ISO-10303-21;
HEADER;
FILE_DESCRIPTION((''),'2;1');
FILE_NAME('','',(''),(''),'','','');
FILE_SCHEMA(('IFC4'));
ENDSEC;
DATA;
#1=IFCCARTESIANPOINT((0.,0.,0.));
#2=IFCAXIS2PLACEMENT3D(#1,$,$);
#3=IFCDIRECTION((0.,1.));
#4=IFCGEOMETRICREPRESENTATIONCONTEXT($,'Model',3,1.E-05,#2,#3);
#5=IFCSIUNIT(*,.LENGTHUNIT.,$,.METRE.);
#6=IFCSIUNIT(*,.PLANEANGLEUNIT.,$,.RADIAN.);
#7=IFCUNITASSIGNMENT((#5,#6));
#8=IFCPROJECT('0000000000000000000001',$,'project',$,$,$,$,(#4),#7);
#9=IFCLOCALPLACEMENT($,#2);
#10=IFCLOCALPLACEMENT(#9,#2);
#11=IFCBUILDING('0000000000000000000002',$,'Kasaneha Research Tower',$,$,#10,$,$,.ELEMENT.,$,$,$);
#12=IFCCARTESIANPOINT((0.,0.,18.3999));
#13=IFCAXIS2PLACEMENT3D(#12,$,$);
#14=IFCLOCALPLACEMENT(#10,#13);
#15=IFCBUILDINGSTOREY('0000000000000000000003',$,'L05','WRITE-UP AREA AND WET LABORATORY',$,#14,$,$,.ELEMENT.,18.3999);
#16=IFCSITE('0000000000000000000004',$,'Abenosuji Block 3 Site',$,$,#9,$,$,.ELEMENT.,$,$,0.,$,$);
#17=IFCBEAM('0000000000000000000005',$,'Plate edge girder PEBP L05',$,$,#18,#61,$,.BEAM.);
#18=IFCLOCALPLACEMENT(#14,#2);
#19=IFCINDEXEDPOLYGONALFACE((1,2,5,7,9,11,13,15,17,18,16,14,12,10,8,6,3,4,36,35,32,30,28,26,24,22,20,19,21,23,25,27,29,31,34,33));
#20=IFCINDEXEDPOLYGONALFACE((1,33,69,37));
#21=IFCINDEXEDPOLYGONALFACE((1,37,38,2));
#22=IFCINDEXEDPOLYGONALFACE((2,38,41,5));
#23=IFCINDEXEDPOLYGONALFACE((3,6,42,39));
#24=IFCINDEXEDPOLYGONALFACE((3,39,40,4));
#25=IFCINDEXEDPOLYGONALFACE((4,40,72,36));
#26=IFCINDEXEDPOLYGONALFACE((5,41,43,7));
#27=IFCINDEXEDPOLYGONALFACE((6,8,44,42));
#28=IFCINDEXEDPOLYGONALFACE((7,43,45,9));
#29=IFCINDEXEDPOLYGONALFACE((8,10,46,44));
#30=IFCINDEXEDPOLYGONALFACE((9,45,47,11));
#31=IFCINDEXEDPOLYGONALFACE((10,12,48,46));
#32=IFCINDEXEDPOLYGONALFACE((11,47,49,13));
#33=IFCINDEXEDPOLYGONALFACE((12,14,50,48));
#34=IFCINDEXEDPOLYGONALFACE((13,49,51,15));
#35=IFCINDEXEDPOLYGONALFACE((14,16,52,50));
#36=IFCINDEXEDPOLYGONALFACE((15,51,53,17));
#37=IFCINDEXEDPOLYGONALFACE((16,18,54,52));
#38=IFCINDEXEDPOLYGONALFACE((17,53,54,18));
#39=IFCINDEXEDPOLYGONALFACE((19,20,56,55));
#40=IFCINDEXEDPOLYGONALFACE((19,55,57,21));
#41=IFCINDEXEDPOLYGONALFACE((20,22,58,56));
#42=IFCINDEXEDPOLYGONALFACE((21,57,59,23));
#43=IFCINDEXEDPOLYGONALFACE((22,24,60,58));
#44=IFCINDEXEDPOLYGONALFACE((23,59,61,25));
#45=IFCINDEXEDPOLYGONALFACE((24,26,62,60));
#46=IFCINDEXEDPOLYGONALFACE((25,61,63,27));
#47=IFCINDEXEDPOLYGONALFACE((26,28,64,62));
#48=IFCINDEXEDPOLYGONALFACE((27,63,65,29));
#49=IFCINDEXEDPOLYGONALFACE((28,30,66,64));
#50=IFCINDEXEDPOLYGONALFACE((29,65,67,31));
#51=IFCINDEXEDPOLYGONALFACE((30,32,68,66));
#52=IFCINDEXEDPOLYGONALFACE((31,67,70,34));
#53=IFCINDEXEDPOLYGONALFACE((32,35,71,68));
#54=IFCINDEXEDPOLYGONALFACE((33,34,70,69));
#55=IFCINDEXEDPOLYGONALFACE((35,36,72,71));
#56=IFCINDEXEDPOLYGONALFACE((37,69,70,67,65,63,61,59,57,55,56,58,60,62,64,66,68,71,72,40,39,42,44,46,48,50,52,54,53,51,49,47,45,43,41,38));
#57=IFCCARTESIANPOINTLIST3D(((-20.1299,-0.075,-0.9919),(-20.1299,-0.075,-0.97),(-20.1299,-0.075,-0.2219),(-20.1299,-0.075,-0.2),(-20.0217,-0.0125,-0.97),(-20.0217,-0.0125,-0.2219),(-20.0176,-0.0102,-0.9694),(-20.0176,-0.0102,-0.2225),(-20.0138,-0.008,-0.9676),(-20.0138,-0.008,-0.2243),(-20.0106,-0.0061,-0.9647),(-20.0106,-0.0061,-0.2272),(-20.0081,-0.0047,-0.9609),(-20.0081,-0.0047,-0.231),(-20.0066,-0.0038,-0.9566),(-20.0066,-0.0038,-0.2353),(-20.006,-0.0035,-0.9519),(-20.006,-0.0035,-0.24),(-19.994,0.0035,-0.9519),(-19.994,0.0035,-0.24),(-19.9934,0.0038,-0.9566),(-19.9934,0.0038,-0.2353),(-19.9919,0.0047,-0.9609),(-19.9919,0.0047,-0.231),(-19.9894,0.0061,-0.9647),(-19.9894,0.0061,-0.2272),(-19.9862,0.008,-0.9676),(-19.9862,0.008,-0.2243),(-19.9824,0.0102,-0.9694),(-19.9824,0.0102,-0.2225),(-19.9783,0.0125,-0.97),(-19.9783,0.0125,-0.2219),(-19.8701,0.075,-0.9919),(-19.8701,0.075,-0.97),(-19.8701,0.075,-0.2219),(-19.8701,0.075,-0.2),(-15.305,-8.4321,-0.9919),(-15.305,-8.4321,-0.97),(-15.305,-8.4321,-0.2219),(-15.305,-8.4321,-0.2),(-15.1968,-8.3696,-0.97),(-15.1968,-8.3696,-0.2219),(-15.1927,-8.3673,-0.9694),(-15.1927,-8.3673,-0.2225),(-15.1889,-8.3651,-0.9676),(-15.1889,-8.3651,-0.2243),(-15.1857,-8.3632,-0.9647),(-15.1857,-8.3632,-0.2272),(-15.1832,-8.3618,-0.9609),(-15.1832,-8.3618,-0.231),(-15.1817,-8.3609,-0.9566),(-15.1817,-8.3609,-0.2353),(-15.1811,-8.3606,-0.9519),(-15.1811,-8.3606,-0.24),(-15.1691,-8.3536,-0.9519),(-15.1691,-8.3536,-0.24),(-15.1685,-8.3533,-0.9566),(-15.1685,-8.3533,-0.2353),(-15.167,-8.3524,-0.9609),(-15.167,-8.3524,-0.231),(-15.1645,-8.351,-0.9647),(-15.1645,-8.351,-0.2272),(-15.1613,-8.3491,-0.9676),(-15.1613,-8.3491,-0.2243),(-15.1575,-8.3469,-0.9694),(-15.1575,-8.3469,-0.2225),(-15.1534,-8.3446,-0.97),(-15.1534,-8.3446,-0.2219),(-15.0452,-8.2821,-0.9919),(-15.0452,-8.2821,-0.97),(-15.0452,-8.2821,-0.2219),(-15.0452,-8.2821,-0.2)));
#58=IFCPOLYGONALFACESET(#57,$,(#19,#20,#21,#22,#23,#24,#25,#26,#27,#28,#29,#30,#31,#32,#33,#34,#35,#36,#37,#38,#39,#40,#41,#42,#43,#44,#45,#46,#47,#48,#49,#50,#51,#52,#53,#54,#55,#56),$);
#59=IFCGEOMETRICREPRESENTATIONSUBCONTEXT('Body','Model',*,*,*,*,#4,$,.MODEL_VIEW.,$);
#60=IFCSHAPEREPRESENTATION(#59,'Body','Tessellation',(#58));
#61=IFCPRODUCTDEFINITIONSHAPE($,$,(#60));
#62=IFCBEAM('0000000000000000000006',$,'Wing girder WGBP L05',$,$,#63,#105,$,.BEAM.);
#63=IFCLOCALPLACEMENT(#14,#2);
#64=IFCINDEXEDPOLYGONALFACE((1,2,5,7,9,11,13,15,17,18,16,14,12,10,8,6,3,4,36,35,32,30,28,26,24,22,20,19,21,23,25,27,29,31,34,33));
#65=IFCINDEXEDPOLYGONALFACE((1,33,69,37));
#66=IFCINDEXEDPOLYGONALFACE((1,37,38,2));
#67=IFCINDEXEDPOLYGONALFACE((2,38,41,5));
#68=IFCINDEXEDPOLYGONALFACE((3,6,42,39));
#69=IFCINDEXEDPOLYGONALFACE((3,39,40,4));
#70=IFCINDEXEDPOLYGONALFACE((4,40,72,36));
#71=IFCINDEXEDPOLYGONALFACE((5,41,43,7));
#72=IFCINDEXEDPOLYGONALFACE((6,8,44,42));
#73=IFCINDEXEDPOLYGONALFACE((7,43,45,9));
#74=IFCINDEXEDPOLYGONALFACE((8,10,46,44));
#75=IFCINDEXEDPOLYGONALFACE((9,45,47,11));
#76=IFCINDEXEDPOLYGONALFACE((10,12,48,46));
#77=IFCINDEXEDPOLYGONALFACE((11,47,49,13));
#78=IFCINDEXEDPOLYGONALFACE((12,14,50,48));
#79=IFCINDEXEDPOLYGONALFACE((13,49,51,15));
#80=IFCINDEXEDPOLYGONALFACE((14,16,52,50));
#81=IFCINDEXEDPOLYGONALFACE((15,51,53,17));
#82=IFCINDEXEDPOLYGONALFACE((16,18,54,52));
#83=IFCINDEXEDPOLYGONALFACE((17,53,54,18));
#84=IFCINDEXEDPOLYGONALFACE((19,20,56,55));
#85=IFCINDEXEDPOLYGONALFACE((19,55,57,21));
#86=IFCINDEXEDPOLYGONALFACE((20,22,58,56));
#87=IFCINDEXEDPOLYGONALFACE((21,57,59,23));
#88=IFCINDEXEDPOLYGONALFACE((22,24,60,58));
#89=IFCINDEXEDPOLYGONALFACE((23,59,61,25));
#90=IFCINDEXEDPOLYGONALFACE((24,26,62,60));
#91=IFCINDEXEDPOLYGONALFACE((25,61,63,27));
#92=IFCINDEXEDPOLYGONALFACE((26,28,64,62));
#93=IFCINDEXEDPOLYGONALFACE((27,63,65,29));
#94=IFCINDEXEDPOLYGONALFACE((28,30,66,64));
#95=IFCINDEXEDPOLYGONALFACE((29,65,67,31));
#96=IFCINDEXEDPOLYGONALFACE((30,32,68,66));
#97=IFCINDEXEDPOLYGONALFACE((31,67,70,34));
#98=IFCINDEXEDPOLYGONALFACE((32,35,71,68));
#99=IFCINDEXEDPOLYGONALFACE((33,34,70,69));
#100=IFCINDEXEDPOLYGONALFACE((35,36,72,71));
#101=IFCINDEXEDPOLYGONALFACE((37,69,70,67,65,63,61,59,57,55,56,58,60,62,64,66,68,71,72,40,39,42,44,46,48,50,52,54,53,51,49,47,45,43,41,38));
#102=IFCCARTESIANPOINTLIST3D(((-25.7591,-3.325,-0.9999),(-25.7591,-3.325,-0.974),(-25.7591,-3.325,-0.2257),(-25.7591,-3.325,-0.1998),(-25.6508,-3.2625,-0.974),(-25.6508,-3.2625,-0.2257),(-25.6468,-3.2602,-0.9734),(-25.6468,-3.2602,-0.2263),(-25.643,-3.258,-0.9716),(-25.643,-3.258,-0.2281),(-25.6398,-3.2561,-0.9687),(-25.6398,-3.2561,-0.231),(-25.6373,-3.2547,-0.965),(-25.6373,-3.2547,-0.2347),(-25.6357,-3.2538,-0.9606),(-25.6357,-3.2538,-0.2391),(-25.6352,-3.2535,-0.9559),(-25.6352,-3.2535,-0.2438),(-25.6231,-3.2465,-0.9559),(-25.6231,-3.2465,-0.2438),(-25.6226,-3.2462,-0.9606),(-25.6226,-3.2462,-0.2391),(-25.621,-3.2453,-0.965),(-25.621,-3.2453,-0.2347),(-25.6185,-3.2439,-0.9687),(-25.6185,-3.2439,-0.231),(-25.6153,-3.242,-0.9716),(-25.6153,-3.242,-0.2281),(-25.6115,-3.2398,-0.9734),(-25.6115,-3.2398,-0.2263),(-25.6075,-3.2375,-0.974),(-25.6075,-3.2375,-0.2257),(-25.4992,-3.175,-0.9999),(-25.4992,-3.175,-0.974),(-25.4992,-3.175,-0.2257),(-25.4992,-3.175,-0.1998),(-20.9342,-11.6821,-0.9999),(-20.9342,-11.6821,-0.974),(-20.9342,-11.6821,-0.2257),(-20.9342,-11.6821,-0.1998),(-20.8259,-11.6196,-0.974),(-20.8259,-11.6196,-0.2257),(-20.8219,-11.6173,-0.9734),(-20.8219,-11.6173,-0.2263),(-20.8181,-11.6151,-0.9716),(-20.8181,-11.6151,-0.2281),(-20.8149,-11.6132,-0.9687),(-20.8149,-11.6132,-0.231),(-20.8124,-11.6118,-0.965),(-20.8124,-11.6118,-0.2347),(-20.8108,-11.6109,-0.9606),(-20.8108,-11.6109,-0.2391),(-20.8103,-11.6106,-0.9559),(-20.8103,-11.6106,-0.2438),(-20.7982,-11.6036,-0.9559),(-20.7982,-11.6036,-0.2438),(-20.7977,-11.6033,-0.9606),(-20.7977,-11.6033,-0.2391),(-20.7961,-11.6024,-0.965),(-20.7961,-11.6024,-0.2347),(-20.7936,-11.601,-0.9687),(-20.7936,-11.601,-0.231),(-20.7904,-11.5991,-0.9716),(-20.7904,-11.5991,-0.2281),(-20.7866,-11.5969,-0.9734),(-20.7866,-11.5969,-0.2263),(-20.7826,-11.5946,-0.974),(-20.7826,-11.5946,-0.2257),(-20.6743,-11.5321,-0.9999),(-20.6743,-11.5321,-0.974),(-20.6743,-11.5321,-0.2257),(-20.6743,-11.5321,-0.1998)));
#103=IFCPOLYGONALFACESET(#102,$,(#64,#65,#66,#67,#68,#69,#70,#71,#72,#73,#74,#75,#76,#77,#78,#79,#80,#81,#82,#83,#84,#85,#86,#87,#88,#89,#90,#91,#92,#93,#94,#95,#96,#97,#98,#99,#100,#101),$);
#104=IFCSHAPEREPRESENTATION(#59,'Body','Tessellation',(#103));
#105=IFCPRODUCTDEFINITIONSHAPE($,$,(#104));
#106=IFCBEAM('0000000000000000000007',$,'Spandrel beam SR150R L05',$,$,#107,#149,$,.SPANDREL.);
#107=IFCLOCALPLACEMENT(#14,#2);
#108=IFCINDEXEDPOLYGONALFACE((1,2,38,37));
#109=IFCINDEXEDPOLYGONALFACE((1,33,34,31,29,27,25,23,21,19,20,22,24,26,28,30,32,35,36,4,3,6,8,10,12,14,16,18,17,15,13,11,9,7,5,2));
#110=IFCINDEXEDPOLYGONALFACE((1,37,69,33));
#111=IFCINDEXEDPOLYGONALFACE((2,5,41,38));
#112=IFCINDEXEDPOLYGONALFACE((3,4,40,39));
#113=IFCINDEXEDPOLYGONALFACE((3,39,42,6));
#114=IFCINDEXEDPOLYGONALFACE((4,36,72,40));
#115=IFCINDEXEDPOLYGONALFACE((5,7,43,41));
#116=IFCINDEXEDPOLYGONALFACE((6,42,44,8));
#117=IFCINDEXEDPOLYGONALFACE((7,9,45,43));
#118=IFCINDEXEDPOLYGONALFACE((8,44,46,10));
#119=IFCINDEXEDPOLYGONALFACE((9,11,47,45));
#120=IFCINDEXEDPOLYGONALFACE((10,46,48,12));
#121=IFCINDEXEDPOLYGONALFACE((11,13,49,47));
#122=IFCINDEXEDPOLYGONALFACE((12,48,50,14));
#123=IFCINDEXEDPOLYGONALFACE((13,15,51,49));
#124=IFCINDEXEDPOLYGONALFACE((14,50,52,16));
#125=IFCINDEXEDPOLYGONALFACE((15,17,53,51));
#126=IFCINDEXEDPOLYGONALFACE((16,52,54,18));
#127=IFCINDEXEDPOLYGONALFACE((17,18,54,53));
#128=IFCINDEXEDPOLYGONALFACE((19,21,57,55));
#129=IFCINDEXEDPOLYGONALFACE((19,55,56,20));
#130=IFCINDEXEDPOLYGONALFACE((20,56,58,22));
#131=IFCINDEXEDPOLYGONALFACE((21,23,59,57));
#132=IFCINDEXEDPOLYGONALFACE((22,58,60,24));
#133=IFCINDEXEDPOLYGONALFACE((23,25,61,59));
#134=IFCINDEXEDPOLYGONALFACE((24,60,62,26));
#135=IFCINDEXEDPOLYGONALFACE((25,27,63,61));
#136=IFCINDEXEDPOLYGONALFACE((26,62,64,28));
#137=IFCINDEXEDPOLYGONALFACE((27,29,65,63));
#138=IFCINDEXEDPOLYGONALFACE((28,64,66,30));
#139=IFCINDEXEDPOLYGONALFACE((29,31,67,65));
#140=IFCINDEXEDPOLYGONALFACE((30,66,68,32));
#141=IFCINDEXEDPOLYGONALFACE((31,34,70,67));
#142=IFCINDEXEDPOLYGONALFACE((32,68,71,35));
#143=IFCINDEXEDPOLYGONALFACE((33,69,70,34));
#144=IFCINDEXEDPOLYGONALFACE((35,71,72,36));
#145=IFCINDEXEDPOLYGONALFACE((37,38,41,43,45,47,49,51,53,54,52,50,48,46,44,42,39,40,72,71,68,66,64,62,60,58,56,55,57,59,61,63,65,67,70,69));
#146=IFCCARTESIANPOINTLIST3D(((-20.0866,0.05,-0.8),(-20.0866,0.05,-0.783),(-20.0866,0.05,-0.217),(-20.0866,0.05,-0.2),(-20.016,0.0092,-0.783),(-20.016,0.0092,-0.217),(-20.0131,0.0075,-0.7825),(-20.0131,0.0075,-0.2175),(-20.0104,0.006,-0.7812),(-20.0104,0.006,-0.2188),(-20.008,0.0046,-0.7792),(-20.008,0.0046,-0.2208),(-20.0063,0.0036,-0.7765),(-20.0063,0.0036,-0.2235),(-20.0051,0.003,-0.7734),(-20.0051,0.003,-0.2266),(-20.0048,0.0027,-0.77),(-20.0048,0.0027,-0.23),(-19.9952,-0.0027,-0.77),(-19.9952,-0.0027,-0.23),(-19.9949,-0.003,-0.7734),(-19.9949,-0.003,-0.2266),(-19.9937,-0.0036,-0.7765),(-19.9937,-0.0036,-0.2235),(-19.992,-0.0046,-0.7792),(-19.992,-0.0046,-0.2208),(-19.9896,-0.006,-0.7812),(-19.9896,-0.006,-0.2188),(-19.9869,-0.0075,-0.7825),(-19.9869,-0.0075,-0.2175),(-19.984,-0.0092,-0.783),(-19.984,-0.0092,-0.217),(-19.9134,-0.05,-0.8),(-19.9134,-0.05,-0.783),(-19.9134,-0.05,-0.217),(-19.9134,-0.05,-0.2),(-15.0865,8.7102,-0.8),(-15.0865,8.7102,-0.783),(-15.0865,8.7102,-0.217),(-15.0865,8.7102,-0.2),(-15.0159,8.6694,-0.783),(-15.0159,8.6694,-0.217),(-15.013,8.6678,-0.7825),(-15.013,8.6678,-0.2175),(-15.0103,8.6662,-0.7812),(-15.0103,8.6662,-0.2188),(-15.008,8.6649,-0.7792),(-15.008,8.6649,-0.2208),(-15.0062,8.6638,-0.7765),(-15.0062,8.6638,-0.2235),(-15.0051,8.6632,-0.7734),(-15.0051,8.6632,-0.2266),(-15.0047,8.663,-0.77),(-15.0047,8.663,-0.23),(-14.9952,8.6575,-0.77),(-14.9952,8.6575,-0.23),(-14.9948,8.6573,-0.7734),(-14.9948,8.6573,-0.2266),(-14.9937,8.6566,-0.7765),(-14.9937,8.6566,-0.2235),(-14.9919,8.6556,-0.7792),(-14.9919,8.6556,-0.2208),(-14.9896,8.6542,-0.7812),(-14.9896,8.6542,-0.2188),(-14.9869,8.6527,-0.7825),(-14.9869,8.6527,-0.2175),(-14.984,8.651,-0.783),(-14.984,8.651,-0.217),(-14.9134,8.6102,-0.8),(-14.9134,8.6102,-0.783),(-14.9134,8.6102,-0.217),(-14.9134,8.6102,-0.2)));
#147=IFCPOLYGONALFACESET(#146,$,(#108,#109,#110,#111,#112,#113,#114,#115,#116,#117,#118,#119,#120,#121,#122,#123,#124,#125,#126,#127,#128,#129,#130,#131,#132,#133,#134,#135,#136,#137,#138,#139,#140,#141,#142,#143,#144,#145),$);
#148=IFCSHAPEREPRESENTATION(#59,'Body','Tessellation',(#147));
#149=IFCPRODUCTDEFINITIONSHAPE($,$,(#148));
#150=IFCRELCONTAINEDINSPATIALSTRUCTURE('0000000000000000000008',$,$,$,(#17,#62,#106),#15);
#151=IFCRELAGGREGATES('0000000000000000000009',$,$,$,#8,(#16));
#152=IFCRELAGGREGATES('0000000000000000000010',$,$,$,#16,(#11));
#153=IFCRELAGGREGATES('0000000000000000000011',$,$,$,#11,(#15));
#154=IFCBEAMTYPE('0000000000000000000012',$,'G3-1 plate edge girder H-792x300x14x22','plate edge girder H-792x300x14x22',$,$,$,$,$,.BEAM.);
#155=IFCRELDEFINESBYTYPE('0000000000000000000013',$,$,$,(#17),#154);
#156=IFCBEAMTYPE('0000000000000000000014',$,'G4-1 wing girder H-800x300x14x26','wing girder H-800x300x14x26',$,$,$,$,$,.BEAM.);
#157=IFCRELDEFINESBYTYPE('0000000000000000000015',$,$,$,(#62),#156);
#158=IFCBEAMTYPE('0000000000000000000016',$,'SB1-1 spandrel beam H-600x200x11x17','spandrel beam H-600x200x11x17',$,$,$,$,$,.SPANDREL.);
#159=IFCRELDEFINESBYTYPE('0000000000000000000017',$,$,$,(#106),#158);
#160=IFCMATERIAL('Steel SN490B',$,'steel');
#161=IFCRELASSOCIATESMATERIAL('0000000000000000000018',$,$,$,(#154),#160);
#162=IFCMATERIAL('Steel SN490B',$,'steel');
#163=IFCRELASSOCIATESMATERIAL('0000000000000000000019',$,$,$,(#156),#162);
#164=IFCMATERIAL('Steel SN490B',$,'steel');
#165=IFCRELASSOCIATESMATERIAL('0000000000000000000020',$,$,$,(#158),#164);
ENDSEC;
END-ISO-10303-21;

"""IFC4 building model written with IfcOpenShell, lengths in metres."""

from ifc_helpers import new_model, si_unit, direction, frame, origin, origin_2d, place, context, subcontext, project, spatial, i_section, extrude, material, material_profile, profile_set, type_object, element, save


model = new_model("IFC4")

# Units and contexts
model_context = context("Model", 3, precision=1e-05, world=origin(), true_north=direction((0.0, 1.0)))
body_context = subcontext(model_context, "Body", "Model", "MODEL_VIEW")
ifc_project = project(units=[si_unit("LENGTHUNIT", "METRE"), si_unit("PLANEANGLEUNIT", "RADIAN")], contexts=[model_context])

# Site, building, storey
site_placement = place(None, origin())
site = spatial("IfcSite", under=ifc_project, at=site_placement, Name="Abenosuji Block 3 Site", CompositionType="ELEMENT", RefElevation=0.0)
building_placement = place(site_placement, origin())
building = spatial("IfcBuilding", under=site, at=building_placement, Name="Kasaneha Research Tower", CompositionType="ELEMENT")
storey_placement = place(building_placement, frame((0.0, 0.0, 18.3999)))
storey = spatial("IfcBuildingStorey", under=building, at=storey_placement, Name="L05", Description="WRITE-UP AREA AND WET LABORATORY", CompositionType="ELEMENT", Elevation=18.3999)

# Beams
ifc_material_1 = material(Name="Steel SN490B", Category="steel")
ifc_material_profile_1 = material_profile(ifc_material_1, i_section(OverallWidth=0.3, OverallDepth=0.792, WebThickness=0.0139, FlangeThickness=0.022, FilletRadius=0.0181, at=origin_2d()), Name="H-792x300x14x22")
ifc_profile_set_1 = profile_set([ifc_material_profile_1], Name="Steel SN490B")
beam_type_1 = type_object("IfcBeamType", Name="G3-1 plate edge girder H-792x300x14x22", Description="plate edge girder H-792x300x14x22", PredefinedType="BEAM", material=ifc_profile_set_1)
beam_1_placement = place(storey_placement, frame((-20.0, 0.0, -0.5959), z_axis=(0.499995, -0.866028, 0.0), x_axis=(0.866028, 0.499995, 0.0)))
element("IfcBeam", 1, at=beam_1_placement, inside=storey, type_object=beam_type_1, Name="Plate edge girder PEBP L05", PredefinedType="BEAM", context=body_context, shape_type="SweptSolid", body=[
    extrude(i_section(OverallWidth=0.3, OverallDepth=0.792, WebThickness=0.0139, FlangeThickness=0.022, FilletRadius=0.0181, at=origin_2d()), origin(), (0.0, 0.0, 1.0), 9.6499),
])
ifc_material_2 = material(Name="Steel SN490B", Category="steel")
ifc_material_profile_2 = material_profile(ifc_material_2, i_section(OverallWidth=0.3, OverallDepth=0.8, WebThickness=0.0139, FlangeThickness=0.0259, FilletRadius=0.0181, at=origin_2d()), Name="H-800x300x14x26")
ifc_profile_set_2 = profile_set([ifc_material_profile_2], Name="Steel SN490B")
beam_type_2 = type_object("IfcBeamType", Name="G4-1 wing girder H-800x300x14x26", Description="wing girder H-800x300x14x26", PredefinedType="BEAM", material=ifc_profile_set_2)
beam_2_placement = place(storey_placement, frame((-25.6292, -3.25, -0.5999), z_axis=(0.499995, -0.866028, 0.0), x_axis=(0.866028, 0.499995, 0.0)))
element("IfcBeam", 2, at=beam_2_placement, inside=storey, type_object=beam_type_2, Name="Wing girder WGBP L05", PredefinedType="BEAM", context=body_context, shape_type="SweptSolid", body=[
    extrude(i_section(OverallWidth=0.3, OverallDepth=0.8, WebThickness=0.0139, FlangeThickness=0.0259, FilletRadius=0.0181, at=origin_2d()), origin(), (0.0, 0.0, 1.0), 9.6499),
])
ifc_material_3 = material(Name="Steel SN490B", Category="steel")
ifc_material_profile_3 = material_profile(ifc_material_3, i_section(OverallWidth=0.2, OverallDepth=0.6001, WebThickness=0.011, FlangeThickness=0.0171, FilletRadius=0.0129, at=origin_2d()), Name="H-600x200x11x17")
ifc_profile_set_3 = profile_set([ifc_material_profile_3], Name="Steel SN490B")
beam_type_3 = type_object("IfcBeamType", Name="SB1-1 spandrel beam H-600x200x11x17", Description="spandrel beam H-600x200x11x17", PredefinedType="SPANDREL", material=ifc_profile_set_3)
beam_3_placement = place(storey_placement, frame((-20.0, 0.0, -0.5), z_axis=(0.500004, 0.866023, 0.0), x_axis=(-0.866023, 0.500004, 0.0)))
element("IfcBeam", 3, at=beam_3_placement, inside=storey, type_object=beam_type_3, Name="Spandrel beam SR150R L05", PredefinedType="SPANDREL", context=body_context, shape_type="SweptSolid", body=[
    extrude(i_section(OverallWidth=0.2, OverallDepth=0.6001, WebThickness=0.011, FlangeThickness=0.0171, FilletRadius=0.0129, at=origin_2d()), origin(), (0.0, 0.0, 1.0), 10.0),
])

save(model, "model.ifc")
